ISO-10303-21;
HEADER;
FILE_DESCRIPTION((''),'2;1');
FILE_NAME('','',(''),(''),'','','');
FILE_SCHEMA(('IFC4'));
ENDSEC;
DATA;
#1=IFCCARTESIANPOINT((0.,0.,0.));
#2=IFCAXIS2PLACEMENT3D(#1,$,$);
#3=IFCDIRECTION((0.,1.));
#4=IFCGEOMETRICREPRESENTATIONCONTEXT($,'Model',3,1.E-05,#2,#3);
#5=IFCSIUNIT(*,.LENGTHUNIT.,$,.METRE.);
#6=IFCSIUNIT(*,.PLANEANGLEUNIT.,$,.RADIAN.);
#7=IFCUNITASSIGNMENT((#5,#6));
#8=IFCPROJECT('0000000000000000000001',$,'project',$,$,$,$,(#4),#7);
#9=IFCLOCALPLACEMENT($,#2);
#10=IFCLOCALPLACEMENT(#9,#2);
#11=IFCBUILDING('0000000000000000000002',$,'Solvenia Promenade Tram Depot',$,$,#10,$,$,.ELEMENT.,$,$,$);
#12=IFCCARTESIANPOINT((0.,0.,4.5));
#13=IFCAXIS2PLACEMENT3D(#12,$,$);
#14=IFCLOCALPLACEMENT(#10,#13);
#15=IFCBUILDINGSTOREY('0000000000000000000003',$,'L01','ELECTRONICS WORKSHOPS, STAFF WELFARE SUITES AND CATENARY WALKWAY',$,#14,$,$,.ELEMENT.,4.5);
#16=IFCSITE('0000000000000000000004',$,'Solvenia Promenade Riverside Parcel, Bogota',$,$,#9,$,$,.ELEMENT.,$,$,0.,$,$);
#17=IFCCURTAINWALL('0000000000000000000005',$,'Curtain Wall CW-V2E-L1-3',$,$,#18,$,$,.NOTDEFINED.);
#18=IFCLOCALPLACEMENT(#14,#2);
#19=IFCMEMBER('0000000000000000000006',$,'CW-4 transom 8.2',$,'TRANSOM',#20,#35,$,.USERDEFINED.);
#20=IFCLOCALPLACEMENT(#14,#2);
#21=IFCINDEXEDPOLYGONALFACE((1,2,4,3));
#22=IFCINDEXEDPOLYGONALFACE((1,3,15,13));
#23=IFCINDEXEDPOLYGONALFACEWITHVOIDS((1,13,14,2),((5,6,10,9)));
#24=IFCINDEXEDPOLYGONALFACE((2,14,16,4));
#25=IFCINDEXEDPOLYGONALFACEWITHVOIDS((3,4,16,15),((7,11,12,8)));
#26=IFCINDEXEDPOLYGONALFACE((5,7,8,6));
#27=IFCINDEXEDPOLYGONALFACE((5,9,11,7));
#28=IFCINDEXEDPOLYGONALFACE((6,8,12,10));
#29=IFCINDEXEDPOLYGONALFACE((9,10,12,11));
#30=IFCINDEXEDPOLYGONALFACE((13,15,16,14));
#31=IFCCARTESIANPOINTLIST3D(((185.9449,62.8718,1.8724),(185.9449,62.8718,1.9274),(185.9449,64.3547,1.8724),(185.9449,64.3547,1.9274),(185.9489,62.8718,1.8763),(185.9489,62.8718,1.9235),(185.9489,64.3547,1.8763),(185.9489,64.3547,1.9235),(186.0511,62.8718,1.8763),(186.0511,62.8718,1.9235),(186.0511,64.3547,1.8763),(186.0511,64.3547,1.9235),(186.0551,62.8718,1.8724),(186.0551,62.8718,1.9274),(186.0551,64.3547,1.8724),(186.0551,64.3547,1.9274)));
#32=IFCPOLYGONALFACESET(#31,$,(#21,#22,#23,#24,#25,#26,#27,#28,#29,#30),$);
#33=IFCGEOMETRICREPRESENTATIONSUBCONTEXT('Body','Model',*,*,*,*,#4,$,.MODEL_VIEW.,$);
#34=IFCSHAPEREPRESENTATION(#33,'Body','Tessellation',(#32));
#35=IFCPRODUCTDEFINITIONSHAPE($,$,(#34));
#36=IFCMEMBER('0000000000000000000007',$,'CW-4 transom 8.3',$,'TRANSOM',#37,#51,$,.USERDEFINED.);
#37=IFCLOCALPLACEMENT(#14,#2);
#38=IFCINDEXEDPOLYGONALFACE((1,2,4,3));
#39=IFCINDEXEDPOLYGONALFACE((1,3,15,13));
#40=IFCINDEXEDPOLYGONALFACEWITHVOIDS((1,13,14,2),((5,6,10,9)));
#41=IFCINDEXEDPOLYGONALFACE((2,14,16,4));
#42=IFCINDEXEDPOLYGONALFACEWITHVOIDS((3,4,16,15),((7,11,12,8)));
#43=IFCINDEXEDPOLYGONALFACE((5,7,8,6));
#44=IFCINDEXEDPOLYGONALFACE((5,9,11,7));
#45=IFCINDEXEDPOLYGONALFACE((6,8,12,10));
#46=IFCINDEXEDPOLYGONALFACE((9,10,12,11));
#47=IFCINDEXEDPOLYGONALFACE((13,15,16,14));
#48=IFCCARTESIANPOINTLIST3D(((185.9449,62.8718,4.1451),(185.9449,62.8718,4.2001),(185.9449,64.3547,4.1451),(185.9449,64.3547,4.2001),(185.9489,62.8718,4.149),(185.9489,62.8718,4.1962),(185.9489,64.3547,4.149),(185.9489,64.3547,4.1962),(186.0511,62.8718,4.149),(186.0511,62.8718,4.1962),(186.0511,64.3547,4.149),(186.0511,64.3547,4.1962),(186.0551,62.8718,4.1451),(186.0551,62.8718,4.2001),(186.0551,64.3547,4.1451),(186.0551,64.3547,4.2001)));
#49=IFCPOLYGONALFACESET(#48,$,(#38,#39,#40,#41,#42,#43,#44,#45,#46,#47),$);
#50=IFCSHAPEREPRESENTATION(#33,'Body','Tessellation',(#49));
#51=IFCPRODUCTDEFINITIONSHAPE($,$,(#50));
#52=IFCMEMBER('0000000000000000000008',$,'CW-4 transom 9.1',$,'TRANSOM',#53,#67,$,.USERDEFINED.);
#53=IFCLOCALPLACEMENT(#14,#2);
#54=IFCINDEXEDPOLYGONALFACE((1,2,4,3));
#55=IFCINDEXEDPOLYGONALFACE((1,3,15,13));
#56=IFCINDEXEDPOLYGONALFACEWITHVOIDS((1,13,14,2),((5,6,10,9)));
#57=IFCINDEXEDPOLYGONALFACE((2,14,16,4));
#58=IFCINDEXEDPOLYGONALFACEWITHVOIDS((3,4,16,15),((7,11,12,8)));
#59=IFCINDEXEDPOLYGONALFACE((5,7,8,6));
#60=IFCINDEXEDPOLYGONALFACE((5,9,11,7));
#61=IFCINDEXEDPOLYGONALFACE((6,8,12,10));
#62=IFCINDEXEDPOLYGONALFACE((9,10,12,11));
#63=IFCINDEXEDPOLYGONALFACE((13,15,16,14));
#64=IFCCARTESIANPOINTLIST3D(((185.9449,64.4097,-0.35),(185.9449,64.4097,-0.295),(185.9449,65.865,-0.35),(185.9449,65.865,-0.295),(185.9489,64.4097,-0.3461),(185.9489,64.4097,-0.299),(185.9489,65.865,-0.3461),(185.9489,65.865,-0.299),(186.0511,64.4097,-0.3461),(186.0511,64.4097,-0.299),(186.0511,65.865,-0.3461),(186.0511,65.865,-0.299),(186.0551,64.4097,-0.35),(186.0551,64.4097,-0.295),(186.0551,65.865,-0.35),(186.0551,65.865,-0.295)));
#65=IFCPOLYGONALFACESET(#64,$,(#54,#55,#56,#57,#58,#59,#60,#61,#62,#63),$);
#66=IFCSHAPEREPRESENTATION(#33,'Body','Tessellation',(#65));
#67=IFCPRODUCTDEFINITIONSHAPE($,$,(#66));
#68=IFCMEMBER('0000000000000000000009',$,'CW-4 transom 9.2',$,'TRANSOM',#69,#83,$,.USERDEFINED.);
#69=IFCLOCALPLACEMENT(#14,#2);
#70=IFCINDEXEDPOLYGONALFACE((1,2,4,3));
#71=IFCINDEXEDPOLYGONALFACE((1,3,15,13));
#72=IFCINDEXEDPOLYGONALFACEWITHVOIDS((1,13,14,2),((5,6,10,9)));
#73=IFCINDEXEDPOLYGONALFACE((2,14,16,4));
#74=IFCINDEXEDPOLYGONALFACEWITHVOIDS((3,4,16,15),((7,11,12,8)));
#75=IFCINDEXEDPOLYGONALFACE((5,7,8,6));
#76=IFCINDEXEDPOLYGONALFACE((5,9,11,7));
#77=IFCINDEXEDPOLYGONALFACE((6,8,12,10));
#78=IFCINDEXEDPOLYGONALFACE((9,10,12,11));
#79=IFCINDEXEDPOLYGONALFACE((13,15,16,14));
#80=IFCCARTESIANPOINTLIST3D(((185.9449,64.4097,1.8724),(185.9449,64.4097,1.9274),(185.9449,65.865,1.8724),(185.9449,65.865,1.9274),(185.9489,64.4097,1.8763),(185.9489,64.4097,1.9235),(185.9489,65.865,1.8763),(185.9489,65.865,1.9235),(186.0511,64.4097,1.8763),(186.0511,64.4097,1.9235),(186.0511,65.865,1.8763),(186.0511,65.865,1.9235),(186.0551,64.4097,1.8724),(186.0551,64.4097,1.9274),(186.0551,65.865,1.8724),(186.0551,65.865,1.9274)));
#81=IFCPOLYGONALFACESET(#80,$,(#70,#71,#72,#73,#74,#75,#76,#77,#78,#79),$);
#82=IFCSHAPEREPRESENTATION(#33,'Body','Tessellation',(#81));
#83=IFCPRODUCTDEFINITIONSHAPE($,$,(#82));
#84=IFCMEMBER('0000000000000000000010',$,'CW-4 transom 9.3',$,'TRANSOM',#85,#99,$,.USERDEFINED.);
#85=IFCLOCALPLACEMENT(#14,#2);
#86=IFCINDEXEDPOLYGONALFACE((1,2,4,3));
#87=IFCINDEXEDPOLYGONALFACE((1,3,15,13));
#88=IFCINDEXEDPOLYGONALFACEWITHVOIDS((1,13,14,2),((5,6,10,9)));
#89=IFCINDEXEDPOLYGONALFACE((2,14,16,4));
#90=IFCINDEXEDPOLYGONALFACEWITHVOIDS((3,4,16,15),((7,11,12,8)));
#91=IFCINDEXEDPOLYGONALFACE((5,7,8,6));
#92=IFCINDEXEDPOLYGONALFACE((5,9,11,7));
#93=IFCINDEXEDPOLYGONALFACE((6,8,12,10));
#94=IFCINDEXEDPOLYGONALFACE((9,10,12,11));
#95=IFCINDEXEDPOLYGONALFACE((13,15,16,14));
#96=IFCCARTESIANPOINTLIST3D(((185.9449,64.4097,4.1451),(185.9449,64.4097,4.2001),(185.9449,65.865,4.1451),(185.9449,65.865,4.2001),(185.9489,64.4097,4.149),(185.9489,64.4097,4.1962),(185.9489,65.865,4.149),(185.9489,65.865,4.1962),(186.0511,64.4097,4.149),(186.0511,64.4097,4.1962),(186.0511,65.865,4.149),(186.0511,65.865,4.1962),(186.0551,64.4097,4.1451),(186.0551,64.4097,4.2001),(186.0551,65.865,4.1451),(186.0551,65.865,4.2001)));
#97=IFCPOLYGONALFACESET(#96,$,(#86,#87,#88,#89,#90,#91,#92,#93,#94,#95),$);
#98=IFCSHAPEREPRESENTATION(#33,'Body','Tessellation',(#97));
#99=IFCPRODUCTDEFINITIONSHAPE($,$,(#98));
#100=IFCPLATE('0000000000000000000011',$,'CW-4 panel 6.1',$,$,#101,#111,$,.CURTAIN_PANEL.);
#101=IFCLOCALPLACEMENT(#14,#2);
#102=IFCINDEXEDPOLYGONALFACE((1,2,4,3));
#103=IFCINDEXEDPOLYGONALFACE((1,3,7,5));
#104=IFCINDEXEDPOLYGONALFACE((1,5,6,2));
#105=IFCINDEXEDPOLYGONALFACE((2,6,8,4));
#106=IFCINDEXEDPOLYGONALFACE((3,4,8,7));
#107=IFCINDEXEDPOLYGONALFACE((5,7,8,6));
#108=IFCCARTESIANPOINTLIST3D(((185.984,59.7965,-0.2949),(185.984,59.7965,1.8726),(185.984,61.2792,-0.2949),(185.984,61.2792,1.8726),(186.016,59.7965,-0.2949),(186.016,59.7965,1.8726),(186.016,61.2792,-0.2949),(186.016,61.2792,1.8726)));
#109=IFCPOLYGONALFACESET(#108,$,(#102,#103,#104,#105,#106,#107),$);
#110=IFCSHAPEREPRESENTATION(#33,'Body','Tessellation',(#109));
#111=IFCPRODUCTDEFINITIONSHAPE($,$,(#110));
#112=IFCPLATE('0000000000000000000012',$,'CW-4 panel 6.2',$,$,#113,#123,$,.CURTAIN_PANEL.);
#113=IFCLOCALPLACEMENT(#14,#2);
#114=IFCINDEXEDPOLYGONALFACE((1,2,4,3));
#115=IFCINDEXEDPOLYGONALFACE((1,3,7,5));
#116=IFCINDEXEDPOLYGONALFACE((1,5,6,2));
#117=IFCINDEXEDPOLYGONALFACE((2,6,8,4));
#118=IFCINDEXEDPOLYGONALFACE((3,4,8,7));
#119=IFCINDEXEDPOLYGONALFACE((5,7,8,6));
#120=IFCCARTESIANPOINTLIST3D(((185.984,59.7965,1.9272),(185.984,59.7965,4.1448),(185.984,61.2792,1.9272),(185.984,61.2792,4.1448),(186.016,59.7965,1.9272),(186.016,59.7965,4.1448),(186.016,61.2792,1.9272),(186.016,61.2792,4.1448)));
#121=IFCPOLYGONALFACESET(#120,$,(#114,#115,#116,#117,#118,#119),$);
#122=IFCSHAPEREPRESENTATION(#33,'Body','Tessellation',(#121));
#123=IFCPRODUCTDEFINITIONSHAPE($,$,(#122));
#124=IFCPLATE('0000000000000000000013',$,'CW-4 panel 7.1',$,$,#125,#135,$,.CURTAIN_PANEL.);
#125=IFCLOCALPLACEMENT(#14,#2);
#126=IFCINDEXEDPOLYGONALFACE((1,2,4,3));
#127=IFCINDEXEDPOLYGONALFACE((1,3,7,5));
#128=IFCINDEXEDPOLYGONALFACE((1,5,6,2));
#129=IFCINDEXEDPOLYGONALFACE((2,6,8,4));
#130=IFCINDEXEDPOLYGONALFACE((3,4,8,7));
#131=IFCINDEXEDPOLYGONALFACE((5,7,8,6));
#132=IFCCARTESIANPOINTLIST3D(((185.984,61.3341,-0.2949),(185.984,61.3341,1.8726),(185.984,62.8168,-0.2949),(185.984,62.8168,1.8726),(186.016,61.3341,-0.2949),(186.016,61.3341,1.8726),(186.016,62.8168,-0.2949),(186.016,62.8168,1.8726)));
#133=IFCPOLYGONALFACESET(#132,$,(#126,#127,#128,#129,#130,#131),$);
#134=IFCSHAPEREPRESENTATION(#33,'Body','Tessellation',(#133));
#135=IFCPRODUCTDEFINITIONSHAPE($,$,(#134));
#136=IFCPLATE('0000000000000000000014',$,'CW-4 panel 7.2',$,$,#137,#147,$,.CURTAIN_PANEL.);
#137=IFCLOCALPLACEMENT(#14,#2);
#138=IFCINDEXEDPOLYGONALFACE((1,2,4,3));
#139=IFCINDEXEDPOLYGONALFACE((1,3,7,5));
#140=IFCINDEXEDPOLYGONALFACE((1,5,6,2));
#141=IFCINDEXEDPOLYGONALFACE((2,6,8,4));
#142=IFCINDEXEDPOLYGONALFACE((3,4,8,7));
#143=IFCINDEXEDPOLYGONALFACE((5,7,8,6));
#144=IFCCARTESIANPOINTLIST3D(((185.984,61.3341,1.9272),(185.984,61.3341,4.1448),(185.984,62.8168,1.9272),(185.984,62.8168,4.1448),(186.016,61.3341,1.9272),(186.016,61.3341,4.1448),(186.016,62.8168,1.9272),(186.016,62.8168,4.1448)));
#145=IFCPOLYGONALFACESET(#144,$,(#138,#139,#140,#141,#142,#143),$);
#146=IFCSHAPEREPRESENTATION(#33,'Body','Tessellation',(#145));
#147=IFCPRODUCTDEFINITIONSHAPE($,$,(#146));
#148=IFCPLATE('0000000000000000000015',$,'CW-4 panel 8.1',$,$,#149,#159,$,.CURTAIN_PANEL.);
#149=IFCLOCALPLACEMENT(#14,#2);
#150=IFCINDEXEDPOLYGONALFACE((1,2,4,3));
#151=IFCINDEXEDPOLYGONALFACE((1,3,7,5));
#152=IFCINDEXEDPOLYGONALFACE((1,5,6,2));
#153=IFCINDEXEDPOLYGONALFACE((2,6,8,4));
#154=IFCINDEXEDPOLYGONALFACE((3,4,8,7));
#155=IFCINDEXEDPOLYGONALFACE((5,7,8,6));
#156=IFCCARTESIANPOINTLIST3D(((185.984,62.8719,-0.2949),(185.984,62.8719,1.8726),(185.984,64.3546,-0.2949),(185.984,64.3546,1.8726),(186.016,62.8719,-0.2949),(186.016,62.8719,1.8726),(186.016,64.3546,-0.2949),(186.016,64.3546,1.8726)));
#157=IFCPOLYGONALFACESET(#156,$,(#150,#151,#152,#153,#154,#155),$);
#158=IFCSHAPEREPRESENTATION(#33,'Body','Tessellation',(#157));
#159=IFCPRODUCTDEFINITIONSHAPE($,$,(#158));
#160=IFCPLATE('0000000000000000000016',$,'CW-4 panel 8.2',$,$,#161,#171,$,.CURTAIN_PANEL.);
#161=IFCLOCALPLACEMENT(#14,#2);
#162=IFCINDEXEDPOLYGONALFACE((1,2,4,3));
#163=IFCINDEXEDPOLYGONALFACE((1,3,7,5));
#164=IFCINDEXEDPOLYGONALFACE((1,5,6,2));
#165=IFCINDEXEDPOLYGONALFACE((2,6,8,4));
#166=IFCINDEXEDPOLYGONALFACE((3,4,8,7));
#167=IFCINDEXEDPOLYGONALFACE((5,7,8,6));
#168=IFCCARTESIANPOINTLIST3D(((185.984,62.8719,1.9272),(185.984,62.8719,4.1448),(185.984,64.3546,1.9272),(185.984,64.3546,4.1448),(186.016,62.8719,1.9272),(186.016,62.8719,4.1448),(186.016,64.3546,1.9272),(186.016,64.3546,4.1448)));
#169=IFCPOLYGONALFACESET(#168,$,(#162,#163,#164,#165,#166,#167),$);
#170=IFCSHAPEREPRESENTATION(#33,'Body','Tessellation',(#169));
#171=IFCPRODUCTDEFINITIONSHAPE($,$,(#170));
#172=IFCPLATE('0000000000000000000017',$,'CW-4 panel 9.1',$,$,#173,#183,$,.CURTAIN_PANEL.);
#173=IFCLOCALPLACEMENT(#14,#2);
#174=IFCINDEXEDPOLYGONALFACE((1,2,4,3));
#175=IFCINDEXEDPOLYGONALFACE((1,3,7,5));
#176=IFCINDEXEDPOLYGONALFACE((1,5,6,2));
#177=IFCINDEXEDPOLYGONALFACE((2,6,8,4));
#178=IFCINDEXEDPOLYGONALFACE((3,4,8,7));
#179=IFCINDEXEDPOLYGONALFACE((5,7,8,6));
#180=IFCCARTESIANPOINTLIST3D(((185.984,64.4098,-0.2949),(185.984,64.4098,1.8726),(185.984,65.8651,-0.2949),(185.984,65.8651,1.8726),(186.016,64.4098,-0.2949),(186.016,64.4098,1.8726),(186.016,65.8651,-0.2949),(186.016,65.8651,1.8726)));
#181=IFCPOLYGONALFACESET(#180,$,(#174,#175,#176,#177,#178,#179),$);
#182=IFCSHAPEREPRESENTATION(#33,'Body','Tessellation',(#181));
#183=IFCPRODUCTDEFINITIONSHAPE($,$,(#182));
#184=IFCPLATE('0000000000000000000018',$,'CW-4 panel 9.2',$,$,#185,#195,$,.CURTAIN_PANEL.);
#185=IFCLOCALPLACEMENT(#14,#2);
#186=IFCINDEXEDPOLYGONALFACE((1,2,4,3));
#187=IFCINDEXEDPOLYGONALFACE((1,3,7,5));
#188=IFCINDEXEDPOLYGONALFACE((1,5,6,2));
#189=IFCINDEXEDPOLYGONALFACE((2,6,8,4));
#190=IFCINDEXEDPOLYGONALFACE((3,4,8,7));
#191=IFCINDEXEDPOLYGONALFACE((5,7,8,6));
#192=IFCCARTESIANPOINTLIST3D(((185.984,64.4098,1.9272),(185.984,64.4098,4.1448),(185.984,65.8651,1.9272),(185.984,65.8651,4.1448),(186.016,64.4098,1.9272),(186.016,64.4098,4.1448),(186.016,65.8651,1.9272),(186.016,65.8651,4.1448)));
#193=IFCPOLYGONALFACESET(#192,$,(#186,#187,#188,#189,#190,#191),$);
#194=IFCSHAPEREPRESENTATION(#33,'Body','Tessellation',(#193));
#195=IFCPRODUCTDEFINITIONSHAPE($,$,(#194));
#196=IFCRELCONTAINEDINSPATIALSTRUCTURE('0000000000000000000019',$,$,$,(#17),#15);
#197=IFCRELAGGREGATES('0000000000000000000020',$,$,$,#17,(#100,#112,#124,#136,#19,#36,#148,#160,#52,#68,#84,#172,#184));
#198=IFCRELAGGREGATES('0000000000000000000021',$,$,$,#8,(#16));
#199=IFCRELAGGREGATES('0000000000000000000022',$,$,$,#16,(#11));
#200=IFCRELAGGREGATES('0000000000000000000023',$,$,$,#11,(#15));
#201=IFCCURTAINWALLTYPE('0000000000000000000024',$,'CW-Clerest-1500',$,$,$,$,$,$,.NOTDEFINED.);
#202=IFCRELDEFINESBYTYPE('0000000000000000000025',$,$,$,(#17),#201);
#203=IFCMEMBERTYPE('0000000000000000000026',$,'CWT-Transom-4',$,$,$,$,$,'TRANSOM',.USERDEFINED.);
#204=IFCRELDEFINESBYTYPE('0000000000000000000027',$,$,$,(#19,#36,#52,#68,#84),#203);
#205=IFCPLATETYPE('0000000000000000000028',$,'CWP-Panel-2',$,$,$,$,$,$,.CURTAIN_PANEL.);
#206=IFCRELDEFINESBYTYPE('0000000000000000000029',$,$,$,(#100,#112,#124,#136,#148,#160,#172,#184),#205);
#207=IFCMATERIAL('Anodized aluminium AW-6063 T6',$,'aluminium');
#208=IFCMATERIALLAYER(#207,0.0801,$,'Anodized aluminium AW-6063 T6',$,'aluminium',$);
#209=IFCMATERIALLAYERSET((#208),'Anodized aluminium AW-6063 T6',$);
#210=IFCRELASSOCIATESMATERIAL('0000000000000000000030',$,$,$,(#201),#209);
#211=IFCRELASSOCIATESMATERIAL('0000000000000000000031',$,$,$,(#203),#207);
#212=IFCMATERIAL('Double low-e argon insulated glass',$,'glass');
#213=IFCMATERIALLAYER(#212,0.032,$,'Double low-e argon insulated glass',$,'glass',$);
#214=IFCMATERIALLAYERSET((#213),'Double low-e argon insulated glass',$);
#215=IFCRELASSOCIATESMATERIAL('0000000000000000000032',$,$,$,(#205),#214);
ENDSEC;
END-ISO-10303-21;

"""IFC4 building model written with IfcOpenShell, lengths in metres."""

from ifc_helpers import new_model, si_unit, direction, frame, origin, origin_2d, place, context, subcontext, project, spatial, rectangle, hollow_rectangle, extrude, material, layer, layer_set, material_profile, profile_set, type_object, element, aggregate, save


model = new_model("IFC4")

# Units and contexts
model_context = context("Model", 3, precision=1e-05, world=origin(), true_north=direction((0.0, 1.0)))
body_context = subcontext(model_context, "Body", "Model", "MODEL_VIEW")
ifc_project = project(units=[si_unit("LENGTHUNIT", "METRE"), si_unit("PLANEANGLEUNIT", "RADIAN")], contexts=[model_context])

# Site, building, storey
site_placement = place(None, origin())
site = spatial("IfcSite", under=ifc_project, at=site_placement, Name="Solvenia Promenade Riverside Parcel, Bogota", CompositionType="ELEMENT", RefElevation=0.0)
building_placement = place(site_placement, origin())
building = spatial("IfcBuilding", under=site, at=building_placement, Name="Solvenia Promenade Tram Depot", CompositionType="ELEMENT")
storey_placement = place(building_placement, frame((0.0, 0.0, 4.5)))
storey = spatial("IfcBuildingStorey", under=building, at=storey_placement, Name="L01", Description="ELECTRONICS WORKSHOPS, STAFF WELFARE SUITES AND CATENARY WALKWAY", CompositionType="ELEMENT", Elevation=4.5)

# Curtain wall, members, plates
ifc_material_1 = material(Name="Anodized aluminium AW-6063 T6", Category="aluminium")
ifc_layer_1 = layer(ifc_material_1, 0.0801, Name="Anodized aluminium AW-6063 T6", Category="aluminium")
ifc_layer_set_1 = layer_set([ifc_layer_1], Name="Anodized aluminium AW-6063 T6")
curtain_wall_type = type_object("IfcCurtainWallType", Name="CW-Clerest-1500", PredefinedType="NOTDEFINED", material=ifc_layer_set_1)
curtain_wall_placement = place(storey_placement, origin())
curtain_wall = element("IfcCurtainWall", 1, at=curtain_wall_placement, inside=storey, type_object=curtain_wall_type, Name="Curtain Wall CW-V2E-L1-3", PredefinedType="NOTDEFINED")
ifc_material_profile_1 = material_profile(ifc_material_1, hollow_rectangle(XDim=0.1101, YDim=0.0549, WallThickness=0.0039, at=origin_2d()), Name="ALU-T4", Category="aluminium")
ifc_profile_set_1 = profile_set([ifc_material_profile_1], Name="Anodized aluminium AW-6063 T6")
member_type_1 = type_object("IfcMemberType", Name="CWT-Transom-4", ElementType="TRANSOM", PredefinedType="USERDEFINED", material=ifc_profile_set_1)
member_1_placement = place(storey_placement, frame((186.0, 62.8718, 1.8999), z_axis=(0.0, 1.0, 0.0), x_axis=(-1.0, 0.0, 0.0)))
member_1 = element("IfcMember", 2, at=member_1_placement, type_object=member_type_1, Name="CW-4 transom 8.2", ObjectType="TRANSOM", PredefinedType="USERDEFINED", context=body_context, shape_type="SweptSolid", body=[
    extrude(hollow_rectangle(XDim=0.1101, YDim=0.0549, WallThickness=0.0039, at=origin_2d()), origin(), (0.0, 0.0, 1.0), 1.4829),
])
member_2_placement = place(storey_placement, frame((186.0, 62.8718, 4.1726), z_axis=(0.0, 1.0, 0.0), x_axis=(-1.0, 0.0, 0.0)))
member_2 = element("IfcMember", 3, at=member_2_placement, type_object=member_type_1, Name="CW-4 transom 8.3", ObjectType="TRANSOM", PredefinedType="USERDEFINED", context=body_context, shape_type="SweptSolid", body=[
    extrude(hollow_rectangle(XDim=0.1101, YDim=0.0549, WallThickness=0.0039, at=origin_2d()), origin(), (0.0, 0.0, 1.0), 1.4829),
])
member_3_placement = place(storey_placement, frame((186.0, 64.4097, -0.3225), z_axis=(0.0, 1.0, 0.0), x_axis=(-1.0, 0.0, 0.0)))
member_3 = element("IfcMember", 4, at=member_3_placement, type_object=member_type_1, Name="CW-4 transom 9.1", ObjectType="TRANSOM", PredefinedType="USERDEFINED", context=body_context, shape_type="SweptSolid", body=[
    extrude(hollow_rectangle(XDim=0.1101, YDim=0.0549, WallThickness=0.0039, at=origin_2d()), origin(), (0.0, 0.0, 1.0), 1.4553),
])
member_4_placement = place(storey_placement, frame((186.0, 64.4097, 1.8999), z_axis=(0.0, 1.0, 0.0), x_axis=(-1.0, 0.0, 0.0)))
member_4 = element("IfcMember", 5, at=member_4_placement, type_object=member_type_1, Name="CW-4 transom 9.2", ObjectType="TRANSOM", PredefinedType="USERDEFINED", context=body_context, shape_type="SweptSolid", body=[
    extrude(hollow_rectangle(XDim=0.1101, YDim=0.0549, WallThickness=0.0039, at=origin_2d()), origin(), (0.0, 0.0, 1.0), 1.4553),
])
member_5_placement = place(storey_placement, frame((186.0, 64.4097, 4.1726), z_axis=(0.0, 1.0, 0.0), x_axis=(-1.0, 0.0, 0.0)))
member_5 = element("IfcMember", 6, at=member_5_placement, type_object=member_type_1, Name="CW-4 transom 9.3", ObjectType="TRANSOM", PredefinedType="USERDEFINED", context=body_context, shape_type="SweptSolid", body=[
    extrude(hollow_rectangle(XDim=0.1101, YDim=0.0549, WallThickness=0.0039, at=origin_2d()), origin(), (0.0, 0.0, 1.0), 1.4553),
])
ifc_material_2 = material(Name="Double low-e argon insulated glass", Category="glass")
ifc_layer_2 = layer(ifc_material_2, 0.032, Name="Double low-e argon insulated glass", Category="glass")
ifc_layer_set_2 = layer_set([ifc_layer_2], Name="Double low-e argon insulated glass")
plate_type = type_object("IfcPlateType", Name="CWP-Panel-2", PredefinedType="CURTAIN_PANEL", material=ifc_layer_set_2)
plate_1_placement = place(storey_placement, frame((186.0, 60.5378, -0.2949), z_axis=(0.0, 0.0, 1.0), x_axis=(0.0, 1.0, 0.0)))
plate_1 = element("IfcPlate", 7, at=plate_1_placement, type_object=plate_type, Name="CW-4 panel 6.1", PredefinedType="CURTAIN_PANEL", context=body_context, shape_type="SweptSolid", body=[
    extrude(rectangle(XDim=1.4827, YDim=0.032, at=origin_2d()), origin(), (0.0, 0.0, 1.0), 2.1675),
])
plate_2_placement = place(storey_placement, frame((186.0, 60.5378, 1.9272), z_axis=(0.0, 0.0, 1.0), x_axis=(0.0, 1.0, 0.0)))
plate_2 = element("IfcPlate", 8, at=plate_2_placement, type_object=plate_type, Name="CW-4 panel 6.2", PredefinedType="CURTAIN_PANEL", context=body_context, shape_type="SweptSolid", body=[
    extrude(rectangle(XDim=1.4827, YDim=0.032, at=origin_2d()), origin(), (0.0, 0.0, 1.0), 2.2175),
])
plate_3_placement = place(storey_placement, frame((186.0, 62.0754, -0.2949), z_axis=(0.0, 0.0, 1.0), x_axis=(0.0, 1.0, 0.0)))
plate_3 = element("IfcPlate", 9, at=plate_3_placement, type_object=plate_type, Name="CW-4 panel 7.1", PredefinedType="CURTAIN_PANEL", context=body_context, shape_type="SweptSolid", body=[
    extrude(rectangle(XDim=1.4827, YDim=0.032, at=origin_2d()), origin(), (0.0, 0.0, 1.0), 2.1675),
])
plate_4_placement = place(storey_placement, frame((186.0, 62.0754, 1.9272), z_axis=(0.0, 0.0, 1.0), x_axis=(0.0, 1.0, 0.0)))
plate_4 = element("IfcPlate", 10, at=plate_4_placement, type_object=plate_type, Name="CW-4 panel 7.2", PredefinedType="CURTAIN_PANEL", context=body_context, shape_type="SweptSolid", body=[
    extrude(rectangle(XDim=1.4827, YDim=0.032, at=origin_2d()), origin(), (0.0, 0.0, 1.0), 2.2175),
])
plate_5_placement = place(storey_placement, frame((186.0, 63.6133, -0.2949), z_axis=(0.0, 0.0, 1.0), x_axis=(0.0, 1.0, 0.0)))
plate_5 = element("IfcPlate", 11, at=plate_5_placement, type_object=plate_type, Name="CW-4 panel 8.1", PredefinedType="CURTAIN_PANEL", context=body_context, shape_type="SweptSolid", body=[
    extrude(rectangle(XDim=1.4827, YDim=0.032, at=origin_2d()), origin(), (0.0, 0.0, 1.0), 2.1675),
])
plate_6_placement = place(storey_placement, frame((186.0, 63.6133, 1.9272), z_axis=(0.0, 0.0, 1.0), x_axis=(0.0, 1.0, 0.0)))
plate_6 = element("IfcPlate", 12, at=plate_6_placement, type_object=plate_type, Name="CW-4 panel 8.2", PredefinedType="CURTAIN_PANEL", context=body_context, shape_type="SweptSolid", body=[
    extrude(rectangle(XDim=1.4827, YDim=0.032, at=origin_2d()), origin(), (0.0, 0.0, 1.0), 2.2175),
])
plate_7_placement = place(storey_placement, frame((186.0, 65.1375, -0.2949), z_axis=(0.0, 0.0, 1.0), x_axis=(0.0, 1.0, 0.0)))
plate_7 = element("IfcPlate", 13, at=plate_7_placement, type_object=plate_type, Name="CW-4 panel 9.1", PredefinedType="CURTAIN_PANEL", context=body_context, shape_type="SweptSolid", body=[
    extrude(rectangle(XDim=1.4553, YDim=0.032, at=origin_2d()), origin(), (0.0, 0.0, 1.0), 2.1675),
])
plate_8_placement = place(storey_placement, frame((186.0, 65.1375, 1.9272), z_axis=(0.0, 0.0, 1.0), x_axis=(0.0, 1.0, 0.0)))
plate_8 = element("IfcPlate", 14, at=plate_8_placement, type_object=plate_type, Name="CW-4 panel 9.2", PredefinedType="CURTAIN_PANEL", context=body_context, shape_type="SweptSolid", body=[
    extrude(rectangle(XDim=1.4553, YDim=0.032, at=origin_2d()), origin(), (0.0, 0.0, 1.0), 2.2175),
])
aggregate(curtain_wall, [plate_1, plate_2, plate_3, plate_4, member_1, member_2, plate_5, plate_6, member_3, member_4, member_5, plate_7, plate_8])

save(model, "model.ifc")
